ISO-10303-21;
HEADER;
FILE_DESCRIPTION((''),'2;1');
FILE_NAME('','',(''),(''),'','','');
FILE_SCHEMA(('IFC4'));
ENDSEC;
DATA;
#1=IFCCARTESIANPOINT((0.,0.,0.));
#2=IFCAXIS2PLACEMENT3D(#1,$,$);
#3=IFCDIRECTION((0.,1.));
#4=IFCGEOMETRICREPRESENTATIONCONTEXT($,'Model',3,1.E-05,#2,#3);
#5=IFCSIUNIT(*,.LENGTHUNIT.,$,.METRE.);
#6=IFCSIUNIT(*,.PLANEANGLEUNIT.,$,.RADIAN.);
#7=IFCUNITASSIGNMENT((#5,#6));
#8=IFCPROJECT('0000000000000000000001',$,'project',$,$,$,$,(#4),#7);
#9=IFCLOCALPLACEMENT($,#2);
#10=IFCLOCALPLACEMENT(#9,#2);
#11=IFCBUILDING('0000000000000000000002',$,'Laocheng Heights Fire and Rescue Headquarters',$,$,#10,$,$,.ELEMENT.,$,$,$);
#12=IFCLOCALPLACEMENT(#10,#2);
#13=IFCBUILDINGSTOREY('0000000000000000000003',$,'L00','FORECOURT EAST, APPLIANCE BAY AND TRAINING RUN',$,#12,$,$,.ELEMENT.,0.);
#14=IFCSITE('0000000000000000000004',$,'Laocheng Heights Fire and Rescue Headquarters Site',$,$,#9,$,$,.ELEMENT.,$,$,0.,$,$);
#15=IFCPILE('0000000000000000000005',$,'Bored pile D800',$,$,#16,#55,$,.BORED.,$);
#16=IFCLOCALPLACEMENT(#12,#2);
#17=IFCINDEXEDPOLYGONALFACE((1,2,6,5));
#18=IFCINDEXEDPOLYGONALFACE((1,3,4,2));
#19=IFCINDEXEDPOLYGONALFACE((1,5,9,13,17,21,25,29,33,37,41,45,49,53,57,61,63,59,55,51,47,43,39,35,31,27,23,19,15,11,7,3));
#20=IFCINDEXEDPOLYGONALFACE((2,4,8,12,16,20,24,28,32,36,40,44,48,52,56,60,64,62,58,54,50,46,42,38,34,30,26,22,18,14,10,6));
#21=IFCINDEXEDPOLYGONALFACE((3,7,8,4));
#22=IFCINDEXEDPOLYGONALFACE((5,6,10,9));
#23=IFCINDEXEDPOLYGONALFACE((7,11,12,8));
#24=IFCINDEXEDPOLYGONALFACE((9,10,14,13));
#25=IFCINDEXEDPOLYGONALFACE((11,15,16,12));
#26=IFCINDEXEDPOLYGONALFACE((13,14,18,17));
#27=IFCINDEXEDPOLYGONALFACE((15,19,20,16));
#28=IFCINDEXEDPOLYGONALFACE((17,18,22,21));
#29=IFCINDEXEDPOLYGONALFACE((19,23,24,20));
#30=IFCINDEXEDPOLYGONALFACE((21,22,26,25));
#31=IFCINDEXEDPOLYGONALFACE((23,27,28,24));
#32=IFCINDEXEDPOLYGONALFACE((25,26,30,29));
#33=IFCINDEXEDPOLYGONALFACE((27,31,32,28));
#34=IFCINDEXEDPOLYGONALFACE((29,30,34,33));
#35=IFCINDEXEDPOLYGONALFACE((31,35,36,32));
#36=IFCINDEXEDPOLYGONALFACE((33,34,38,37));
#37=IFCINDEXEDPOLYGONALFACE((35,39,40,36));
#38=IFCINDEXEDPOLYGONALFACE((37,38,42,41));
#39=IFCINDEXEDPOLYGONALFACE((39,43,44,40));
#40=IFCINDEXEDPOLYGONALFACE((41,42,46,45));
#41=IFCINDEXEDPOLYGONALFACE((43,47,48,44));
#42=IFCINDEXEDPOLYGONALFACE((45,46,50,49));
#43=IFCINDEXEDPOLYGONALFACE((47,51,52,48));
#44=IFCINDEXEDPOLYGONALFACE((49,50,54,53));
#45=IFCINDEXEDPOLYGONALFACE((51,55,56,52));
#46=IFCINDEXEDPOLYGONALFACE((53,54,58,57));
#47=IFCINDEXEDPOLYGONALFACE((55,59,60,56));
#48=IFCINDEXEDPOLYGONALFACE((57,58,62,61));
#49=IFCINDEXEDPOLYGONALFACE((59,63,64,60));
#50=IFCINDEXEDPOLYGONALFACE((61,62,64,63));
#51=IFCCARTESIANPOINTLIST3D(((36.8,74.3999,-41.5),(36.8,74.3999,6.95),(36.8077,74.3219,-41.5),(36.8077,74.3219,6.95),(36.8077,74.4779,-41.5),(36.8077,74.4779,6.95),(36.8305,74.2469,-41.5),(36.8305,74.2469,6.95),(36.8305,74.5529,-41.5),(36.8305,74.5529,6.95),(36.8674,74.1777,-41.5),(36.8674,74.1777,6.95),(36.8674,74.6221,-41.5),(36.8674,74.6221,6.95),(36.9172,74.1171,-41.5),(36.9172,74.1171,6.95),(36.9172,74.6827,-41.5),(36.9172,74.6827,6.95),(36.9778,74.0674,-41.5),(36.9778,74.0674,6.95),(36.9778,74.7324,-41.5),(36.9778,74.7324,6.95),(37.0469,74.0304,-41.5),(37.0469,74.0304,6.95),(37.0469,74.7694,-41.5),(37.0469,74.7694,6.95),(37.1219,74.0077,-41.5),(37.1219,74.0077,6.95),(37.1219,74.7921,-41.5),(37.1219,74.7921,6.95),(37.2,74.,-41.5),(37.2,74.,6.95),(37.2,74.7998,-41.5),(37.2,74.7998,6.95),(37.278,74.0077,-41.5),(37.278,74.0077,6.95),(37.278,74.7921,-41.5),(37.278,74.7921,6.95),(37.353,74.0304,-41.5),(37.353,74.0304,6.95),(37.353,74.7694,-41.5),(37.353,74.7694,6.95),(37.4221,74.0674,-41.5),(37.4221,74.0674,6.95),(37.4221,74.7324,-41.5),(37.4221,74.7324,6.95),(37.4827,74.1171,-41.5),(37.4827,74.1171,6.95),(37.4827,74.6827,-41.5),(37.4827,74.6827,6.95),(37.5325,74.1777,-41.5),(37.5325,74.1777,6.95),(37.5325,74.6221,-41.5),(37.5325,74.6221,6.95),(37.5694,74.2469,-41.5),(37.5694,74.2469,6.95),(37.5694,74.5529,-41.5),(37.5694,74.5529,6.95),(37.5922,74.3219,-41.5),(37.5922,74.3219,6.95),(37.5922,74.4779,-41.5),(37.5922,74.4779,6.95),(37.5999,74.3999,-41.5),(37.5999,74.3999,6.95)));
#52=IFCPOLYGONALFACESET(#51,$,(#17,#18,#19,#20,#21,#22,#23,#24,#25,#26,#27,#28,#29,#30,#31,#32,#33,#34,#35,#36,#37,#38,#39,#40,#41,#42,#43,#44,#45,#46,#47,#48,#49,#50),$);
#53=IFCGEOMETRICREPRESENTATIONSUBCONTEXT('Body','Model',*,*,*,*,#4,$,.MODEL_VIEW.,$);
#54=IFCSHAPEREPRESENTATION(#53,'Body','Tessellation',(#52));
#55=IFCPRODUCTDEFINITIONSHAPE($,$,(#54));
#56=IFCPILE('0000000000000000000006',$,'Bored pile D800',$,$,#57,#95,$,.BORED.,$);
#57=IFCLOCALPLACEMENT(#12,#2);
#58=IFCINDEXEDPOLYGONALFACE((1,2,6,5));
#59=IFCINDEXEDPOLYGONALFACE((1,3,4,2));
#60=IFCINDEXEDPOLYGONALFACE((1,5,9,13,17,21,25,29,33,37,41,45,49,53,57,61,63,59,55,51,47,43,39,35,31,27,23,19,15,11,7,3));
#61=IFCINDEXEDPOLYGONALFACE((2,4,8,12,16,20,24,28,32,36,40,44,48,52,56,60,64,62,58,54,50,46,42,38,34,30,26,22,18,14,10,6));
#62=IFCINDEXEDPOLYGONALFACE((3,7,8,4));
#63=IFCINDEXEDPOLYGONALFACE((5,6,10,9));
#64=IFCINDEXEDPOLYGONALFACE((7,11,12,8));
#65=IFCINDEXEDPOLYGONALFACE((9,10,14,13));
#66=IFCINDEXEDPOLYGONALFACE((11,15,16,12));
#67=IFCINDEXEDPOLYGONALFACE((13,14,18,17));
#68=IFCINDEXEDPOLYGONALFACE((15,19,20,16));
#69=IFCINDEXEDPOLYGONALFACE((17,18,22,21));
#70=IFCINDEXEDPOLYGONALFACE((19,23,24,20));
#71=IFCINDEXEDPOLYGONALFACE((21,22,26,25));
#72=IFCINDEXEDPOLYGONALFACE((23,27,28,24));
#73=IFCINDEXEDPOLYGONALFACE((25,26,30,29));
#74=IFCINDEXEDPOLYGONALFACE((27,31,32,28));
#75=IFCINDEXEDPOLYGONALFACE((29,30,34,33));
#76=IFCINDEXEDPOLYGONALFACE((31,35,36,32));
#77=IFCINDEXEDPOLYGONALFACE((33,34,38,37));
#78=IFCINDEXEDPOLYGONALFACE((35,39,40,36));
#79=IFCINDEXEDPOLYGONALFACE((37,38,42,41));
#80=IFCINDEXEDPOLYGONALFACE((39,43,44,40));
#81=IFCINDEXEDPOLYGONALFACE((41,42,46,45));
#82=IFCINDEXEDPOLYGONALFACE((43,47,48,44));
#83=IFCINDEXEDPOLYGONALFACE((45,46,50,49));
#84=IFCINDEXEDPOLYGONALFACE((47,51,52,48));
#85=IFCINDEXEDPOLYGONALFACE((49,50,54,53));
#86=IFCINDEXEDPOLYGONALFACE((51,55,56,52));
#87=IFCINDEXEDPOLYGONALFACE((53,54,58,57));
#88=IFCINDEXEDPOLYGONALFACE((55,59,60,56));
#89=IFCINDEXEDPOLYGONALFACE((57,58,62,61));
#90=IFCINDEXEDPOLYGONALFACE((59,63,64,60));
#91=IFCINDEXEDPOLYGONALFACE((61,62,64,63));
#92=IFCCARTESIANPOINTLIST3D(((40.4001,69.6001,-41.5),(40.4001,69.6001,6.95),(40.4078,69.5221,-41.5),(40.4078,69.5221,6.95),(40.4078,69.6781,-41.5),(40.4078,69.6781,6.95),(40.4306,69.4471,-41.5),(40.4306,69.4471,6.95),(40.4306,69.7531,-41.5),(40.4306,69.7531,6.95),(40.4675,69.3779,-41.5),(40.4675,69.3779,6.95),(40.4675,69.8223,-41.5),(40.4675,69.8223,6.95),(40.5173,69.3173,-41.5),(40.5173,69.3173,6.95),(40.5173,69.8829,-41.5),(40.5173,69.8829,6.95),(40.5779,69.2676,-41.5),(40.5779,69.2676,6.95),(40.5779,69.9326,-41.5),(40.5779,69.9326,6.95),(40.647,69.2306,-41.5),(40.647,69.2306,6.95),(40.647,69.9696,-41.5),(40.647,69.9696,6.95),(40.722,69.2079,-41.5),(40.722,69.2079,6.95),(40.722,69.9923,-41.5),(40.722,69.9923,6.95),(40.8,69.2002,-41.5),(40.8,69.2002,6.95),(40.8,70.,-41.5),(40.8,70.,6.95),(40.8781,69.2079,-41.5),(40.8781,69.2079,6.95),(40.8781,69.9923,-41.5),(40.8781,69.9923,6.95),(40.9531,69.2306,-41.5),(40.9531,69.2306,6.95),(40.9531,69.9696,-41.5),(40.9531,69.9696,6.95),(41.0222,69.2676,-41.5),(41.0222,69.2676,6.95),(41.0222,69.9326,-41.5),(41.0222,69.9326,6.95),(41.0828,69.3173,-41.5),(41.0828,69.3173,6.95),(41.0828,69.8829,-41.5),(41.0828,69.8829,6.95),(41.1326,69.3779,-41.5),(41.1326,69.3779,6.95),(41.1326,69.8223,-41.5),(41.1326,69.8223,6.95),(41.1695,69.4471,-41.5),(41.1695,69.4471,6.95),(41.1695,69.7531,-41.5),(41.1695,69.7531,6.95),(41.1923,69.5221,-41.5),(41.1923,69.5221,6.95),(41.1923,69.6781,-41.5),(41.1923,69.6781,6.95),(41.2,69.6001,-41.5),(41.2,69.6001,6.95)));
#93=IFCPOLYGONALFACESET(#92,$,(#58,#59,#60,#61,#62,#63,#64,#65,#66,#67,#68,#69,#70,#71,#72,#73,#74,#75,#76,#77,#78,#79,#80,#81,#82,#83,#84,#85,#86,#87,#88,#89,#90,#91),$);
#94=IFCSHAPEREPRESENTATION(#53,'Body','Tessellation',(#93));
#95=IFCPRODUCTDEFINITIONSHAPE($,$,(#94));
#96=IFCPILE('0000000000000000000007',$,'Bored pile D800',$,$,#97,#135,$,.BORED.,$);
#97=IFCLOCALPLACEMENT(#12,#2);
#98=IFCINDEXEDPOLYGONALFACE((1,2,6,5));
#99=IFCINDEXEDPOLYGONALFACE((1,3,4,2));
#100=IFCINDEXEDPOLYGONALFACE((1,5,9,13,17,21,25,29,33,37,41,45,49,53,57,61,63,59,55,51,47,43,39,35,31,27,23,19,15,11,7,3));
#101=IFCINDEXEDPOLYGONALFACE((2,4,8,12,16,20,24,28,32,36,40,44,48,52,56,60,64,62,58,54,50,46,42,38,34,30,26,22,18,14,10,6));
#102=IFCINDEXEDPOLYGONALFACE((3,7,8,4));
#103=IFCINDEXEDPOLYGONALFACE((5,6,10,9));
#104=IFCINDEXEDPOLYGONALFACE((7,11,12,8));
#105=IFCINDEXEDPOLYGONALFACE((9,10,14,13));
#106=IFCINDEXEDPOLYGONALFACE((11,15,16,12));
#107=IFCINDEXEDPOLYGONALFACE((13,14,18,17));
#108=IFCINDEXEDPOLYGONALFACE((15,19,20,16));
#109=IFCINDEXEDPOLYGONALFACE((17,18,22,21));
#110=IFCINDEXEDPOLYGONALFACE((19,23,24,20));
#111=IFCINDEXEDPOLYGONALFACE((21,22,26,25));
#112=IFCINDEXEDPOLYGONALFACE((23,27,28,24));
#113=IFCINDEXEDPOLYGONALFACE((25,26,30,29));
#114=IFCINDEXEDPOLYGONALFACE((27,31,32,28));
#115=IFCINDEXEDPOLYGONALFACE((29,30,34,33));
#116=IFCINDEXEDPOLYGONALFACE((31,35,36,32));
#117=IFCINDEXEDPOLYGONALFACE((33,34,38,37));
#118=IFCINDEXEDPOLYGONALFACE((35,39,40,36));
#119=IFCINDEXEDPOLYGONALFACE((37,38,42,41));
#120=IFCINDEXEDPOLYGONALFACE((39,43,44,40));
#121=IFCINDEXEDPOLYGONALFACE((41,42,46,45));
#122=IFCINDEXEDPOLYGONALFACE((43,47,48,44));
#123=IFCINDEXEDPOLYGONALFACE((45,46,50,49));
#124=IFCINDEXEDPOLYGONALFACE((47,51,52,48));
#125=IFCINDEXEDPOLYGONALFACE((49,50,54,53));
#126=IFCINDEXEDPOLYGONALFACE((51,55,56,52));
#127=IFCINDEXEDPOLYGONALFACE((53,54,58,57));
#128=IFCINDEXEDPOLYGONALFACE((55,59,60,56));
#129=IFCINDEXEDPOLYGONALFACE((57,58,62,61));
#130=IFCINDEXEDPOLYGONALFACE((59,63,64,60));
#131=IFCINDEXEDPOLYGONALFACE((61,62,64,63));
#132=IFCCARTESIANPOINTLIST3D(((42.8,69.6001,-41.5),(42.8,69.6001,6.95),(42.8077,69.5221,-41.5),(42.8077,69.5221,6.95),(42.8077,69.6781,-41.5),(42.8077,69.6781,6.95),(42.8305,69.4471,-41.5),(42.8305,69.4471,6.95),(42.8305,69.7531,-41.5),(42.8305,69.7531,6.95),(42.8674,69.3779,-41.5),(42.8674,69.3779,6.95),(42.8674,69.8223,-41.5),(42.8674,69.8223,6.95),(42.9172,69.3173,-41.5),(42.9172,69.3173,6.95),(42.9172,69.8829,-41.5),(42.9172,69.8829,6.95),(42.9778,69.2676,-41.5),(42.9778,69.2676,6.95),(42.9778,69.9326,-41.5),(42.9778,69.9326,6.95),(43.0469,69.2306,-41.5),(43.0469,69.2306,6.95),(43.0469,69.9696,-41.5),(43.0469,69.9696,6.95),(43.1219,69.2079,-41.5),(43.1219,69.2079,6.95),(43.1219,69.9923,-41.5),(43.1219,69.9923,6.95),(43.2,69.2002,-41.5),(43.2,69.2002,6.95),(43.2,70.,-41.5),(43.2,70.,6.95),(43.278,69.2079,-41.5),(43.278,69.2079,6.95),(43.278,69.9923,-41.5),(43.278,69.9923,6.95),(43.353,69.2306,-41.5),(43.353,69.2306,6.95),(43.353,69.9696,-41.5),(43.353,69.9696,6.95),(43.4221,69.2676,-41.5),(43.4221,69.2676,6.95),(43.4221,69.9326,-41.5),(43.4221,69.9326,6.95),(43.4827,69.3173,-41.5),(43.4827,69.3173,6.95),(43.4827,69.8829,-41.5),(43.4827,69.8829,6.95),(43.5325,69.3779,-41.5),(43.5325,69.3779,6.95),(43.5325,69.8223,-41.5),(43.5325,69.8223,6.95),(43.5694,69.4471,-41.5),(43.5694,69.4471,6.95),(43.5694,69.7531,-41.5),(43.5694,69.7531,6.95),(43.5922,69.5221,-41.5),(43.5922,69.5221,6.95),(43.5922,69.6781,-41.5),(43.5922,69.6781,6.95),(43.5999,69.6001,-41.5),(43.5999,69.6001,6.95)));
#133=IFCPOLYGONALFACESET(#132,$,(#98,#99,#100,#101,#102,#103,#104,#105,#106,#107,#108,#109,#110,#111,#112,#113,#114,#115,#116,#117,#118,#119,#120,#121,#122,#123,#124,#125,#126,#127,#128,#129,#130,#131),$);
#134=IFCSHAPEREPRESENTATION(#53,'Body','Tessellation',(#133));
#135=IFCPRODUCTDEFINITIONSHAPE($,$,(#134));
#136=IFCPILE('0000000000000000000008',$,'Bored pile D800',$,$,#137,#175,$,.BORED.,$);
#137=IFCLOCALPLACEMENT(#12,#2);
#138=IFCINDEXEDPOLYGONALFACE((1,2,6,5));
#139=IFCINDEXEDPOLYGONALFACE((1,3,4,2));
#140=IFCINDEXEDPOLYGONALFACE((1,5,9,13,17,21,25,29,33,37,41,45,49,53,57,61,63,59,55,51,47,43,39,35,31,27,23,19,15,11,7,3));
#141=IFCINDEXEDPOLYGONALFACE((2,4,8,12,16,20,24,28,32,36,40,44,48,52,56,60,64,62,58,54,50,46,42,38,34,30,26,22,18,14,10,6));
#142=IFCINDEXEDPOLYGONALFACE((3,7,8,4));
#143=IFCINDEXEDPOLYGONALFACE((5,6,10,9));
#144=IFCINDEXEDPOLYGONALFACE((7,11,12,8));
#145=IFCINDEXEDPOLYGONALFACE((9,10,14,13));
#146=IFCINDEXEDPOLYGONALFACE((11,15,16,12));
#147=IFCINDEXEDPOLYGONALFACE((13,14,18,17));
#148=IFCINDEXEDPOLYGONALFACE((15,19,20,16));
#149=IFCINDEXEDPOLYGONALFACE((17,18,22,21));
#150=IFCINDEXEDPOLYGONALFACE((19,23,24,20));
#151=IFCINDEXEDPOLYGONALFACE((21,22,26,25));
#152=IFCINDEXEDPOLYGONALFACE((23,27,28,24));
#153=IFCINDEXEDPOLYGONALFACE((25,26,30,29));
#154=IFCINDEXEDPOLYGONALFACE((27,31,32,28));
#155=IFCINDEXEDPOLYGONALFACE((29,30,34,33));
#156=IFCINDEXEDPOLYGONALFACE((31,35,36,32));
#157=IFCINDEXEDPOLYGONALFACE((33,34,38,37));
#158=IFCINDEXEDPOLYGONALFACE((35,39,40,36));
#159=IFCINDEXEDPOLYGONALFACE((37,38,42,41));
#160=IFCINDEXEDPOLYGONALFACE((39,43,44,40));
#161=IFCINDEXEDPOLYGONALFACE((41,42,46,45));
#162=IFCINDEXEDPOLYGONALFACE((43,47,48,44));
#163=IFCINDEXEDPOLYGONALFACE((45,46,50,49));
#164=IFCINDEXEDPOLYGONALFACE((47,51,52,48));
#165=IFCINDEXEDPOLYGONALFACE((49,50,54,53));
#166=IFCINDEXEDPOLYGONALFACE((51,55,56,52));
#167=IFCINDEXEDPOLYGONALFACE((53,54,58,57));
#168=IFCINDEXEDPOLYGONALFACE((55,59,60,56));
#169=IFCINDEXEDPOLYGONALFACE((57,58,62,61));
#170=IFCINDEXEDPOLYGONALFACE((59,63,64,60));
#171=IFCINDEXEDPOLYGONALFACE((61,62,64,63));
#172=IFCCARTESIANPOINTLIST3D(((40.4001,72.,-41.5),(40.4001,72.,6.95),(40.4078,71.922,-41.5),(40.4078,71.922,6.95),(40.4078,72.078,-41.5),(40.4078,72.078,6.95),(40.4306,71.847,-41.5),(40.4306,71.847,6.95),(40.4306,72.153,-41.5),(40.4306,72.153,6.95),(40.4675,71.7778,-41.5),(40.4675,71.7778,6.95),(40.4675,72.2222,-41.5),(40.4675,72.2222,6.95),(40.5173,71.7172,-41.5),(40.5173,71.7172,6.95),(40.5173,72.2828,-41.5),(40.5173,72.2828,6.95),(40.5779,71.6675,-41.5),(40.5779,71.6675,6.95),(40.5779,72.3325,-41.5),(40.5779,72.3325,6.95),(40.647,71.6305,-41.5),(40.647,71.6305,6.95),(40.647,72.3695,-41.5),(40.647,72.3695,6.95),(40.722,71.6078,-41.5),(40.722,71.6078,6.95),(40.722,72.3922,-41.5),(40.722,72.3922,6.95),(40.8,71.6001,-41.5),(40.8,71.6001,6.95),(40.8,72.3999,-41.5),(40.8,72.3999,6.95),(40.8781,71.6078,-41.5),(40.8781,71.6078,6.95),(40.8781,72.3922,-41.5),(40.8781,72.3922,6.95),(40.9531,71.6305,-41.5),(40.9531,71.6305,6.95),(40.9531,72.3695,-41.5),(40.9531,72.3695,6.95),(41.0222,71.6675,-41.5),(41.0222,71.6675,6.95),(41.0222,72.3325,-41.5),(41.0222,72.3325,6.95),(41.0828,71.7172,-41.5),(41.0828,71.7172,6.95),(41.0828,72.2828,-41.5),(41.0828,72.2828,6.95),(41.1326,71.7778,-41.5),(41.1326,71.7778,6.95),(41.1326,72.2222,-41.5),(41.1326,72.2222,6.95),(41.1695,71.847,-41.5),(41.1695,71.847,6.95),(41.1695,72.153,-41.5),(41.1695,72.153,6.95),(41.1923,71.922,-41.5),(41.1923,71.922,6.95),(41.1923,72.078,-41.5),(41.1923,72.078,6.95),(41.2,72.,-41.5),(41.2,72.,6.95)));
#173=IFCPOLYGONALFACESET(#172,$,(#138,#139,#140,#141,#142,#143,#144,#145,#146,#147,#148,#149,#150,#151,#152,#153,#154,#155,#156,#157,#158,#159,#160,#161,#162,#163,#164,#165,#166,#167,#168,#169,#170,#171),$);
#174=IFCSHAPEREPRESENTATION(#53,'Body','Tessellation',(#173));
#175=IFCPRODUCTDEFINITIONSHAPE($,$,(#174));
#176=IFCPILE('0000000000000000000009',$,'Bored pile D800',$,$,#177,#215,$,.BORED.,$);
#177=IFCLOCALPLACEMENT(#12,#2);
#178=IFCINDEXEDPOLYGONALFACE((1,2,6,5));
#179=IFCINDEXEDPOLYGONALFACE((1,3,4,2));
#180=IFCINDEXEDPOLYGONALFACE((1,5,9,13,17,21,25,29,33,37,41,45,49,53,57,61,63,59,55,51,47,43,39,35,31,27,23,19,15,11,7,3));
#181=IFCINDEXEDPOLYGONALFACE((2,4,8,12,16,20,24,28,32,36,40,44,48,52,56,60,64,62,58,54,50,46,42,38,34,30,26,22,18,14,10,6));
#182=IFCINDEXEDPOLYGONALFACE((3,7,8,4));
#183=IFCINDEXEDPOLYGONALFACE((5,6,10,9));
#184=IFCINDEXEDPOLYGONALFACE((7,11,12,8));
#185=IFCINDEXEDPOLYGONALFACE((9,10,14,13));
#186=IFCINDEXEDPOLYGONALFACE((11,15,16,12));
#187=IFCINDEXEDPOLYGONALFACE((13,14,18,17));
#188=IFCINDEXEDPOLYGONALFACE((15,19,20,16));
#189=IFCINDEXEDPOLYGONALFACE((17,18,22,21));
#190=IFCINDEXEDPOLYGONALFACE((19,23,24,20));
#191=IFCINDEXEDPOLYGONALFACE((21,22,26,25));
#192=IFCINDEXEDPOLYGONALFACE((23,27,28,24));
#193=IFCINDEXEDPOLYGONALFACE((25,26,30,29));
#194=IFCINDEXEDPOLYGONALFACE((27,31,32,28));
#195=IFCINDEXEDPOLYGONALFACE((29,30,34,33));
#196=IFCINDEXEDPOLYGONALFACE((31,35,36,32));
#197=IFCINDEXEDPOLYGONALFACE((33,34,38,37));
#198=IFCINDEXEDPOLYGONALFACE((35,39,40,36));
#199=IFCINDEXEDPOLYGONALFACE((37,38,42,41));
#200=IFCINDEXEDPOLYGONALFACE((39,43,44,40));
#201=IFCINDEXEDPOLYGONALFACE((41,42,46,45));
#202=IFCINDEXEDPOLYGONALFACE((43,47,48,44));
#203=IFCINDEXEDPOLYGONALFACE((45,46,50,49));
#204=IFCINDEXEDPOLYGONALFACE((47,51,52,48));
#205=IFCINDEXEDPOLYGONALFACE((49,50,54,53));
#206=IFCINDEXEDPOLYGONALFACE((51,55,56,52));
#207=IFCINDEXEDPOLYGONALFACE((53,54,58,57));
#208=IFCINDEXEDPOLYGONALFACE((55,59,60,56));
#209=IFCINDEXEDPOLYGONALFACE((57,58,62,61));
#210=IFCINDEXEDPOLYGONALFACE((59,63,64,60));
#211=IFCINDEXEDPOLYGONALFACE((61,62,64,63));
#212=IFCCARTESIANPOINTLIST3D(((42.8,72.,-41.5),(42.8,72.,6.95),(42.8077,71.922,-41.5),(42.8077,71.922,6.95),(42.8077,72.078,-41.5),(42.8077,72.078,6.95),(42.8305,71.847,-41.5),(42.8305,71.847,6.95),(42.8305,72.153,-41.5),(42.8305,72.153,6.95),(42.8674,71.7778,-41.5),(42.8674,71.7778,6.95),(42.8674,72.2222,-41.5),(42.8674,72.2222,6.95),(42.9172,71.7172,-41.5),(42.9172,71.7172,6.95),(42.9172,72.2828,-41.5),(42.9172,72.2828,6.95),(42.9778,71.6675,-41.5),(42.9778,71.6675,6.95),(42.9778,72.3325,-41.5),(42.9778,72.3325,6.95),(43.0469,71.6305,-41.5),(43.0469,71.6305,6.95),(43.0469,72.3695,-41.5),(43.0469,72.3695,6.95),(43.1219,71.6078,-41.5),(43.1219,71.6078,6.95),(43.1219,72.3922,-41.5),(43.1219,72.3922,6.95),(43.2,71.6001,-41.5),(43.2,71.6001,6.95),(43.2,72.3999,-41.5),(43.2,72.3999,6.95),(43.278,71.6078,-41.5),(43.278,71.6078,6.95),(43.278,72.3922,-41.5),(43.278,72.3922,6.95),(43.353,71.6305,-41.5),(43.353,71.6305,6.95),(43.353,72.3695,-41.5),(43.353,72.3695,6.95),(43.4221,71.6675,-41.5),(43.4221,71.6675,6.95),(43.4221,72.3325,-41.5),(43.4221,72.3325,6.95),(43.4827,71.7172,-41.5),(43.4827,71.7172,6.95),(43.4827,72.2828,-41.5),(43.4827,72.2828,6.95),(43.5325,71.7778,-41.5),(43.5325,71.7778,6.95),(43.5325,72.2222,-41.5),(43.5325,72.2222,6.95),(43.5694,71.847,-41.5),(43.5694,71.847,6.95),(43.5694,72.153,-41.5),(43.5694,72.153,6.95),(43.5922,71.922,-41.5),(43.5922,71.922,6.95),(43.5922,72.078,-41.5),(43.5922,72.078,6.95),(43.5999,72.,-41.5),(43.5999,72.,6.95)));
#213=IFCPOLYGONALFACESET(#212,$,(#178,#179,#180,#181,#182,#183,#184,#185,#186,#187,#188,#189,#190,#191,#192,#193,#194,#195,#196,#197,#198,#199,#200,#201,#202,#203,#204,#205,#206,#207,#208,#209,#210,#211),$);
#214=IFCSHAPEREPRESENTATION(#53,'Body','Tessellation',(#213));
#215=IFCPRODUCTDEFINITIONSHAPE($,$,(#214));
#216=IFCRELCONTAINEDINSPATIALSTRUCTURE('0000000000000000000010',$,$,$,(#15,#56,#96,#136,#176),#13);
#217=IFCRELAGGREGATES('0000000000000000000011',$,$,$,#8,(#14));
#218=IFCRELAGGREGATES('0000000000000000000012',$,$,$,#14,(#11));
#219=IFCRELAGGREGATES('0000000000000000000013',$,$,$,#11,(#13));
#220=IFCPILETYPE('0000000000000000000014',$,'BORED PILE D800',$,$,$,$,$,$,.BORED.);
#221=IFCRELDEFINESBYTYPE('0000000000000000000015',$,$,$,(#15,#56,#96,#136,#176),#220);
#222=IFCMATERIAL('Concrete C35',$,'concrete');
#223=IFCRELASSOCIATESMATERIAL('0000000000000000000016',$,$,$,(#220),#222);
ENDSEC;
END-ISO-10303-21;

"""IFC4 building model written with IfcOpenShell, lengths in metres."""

from ifc_helpers import new_model, si_unit, direction, frame, origin, origin_2d, place, context, subcontext, project, spatial, circle, extrude, material, material_profile, profile_set, type_object, element, save


model = new_model("IFC4")

# Units and contexts
model_context = context("Model", 3, precision=1e-05, world=origin(), true_north=direction((0.0, 1.0)))
body_context = subcontext(model_context, "Body", "Model", "MODEL_VIEW")
ifc_project = project(units=[si_unit("LENGTHUNIT", "METRE"), si_unit("PLANEANGLEUNIT", "RADIAN")], contexts=[model_context])

# Site, building, storey
site_placement = place(None, origin())
site = spatial("IfcSite", under=ifc_project, at=site_placement, Name="Laocheng Heights Fire and Rescue Headquarters Site", CompositionType="ELEMENT", RefElevation=0.0)
building_placement = place(site_placement, origin())
building = spatial("IfcBuilding", under=site, at=building_placement, Name="Laocheng Heights Fire and Rescue Headquarters", CompositionType="ELEMENT")
storey_placement = place(building_placement, origin())
storey = spatial("IfcBuildingStorey", under=building, at=storey_placement, Name="L00", Description="FORECOURT EAST, APPLIANCE BAY AND TRAINING RUN", CompositionType="ELEMENT", Elevation=0.0)

# Piles
ifc_material_1 = material(Name="Concrete C35", Category="concrete")
ifc_material_profile_1 = material_profile(ifc_material_1, circle(Radius=0.3999, at=origin_2d()), Name="BORED PILE D800")
ifc_profile_set_1 = profile_set([ifc_material_profile_1], Name="Concrete C35")
pile_type_1 = type_object("IfcPileType", Name="BORED PILE D800", PredefinedType="BORED", material=ifc_profile_set_1)
for number, where, z_axis, x_axis, name in (
    (1, (37.2, 74.3999, 6.95), (0.0, 0.0, -1.0), (1.0, 0.0, 0.0), "Bored pile D800"),
    (2, (40.8, 69.6001, 6.95), (0.0, 0.0, -1.0), (1.0, 0.0, 0.0), "Bored pile D800"),
    (3, (43.2, 69.6001, 6.95), (0.0, 0.0, -1.0), (1.0, 0.0, 0.0), "Bored pile D800"),
    (4, (40.8, 72.0, 6.95), (0.0, 0.0, -1.0), (1.0, 0.0, 0.0), "Bored pile D800"),
    (5, (43.2, 72.0, 6.95), (0.0, 0.0, -1.0), (1.0, 0.0, 0.0), "Bored pile D800"),
):
    element("IfcPile", number, at=place(storey_placement, frame(where, z_axis=z_axis, x_axis=x_axis)), inside=storey, type_object=pile_type_1, Name=name, PredefinedType="BORED", context=body_context, shape_type="SweptSolid", body=[
        extrude(circle(Radius=0.3999, at=origin_2d()), origin(), (0.0, 0.0, 1.0), 48.45),
    ])

save(model, "model.ifc")
